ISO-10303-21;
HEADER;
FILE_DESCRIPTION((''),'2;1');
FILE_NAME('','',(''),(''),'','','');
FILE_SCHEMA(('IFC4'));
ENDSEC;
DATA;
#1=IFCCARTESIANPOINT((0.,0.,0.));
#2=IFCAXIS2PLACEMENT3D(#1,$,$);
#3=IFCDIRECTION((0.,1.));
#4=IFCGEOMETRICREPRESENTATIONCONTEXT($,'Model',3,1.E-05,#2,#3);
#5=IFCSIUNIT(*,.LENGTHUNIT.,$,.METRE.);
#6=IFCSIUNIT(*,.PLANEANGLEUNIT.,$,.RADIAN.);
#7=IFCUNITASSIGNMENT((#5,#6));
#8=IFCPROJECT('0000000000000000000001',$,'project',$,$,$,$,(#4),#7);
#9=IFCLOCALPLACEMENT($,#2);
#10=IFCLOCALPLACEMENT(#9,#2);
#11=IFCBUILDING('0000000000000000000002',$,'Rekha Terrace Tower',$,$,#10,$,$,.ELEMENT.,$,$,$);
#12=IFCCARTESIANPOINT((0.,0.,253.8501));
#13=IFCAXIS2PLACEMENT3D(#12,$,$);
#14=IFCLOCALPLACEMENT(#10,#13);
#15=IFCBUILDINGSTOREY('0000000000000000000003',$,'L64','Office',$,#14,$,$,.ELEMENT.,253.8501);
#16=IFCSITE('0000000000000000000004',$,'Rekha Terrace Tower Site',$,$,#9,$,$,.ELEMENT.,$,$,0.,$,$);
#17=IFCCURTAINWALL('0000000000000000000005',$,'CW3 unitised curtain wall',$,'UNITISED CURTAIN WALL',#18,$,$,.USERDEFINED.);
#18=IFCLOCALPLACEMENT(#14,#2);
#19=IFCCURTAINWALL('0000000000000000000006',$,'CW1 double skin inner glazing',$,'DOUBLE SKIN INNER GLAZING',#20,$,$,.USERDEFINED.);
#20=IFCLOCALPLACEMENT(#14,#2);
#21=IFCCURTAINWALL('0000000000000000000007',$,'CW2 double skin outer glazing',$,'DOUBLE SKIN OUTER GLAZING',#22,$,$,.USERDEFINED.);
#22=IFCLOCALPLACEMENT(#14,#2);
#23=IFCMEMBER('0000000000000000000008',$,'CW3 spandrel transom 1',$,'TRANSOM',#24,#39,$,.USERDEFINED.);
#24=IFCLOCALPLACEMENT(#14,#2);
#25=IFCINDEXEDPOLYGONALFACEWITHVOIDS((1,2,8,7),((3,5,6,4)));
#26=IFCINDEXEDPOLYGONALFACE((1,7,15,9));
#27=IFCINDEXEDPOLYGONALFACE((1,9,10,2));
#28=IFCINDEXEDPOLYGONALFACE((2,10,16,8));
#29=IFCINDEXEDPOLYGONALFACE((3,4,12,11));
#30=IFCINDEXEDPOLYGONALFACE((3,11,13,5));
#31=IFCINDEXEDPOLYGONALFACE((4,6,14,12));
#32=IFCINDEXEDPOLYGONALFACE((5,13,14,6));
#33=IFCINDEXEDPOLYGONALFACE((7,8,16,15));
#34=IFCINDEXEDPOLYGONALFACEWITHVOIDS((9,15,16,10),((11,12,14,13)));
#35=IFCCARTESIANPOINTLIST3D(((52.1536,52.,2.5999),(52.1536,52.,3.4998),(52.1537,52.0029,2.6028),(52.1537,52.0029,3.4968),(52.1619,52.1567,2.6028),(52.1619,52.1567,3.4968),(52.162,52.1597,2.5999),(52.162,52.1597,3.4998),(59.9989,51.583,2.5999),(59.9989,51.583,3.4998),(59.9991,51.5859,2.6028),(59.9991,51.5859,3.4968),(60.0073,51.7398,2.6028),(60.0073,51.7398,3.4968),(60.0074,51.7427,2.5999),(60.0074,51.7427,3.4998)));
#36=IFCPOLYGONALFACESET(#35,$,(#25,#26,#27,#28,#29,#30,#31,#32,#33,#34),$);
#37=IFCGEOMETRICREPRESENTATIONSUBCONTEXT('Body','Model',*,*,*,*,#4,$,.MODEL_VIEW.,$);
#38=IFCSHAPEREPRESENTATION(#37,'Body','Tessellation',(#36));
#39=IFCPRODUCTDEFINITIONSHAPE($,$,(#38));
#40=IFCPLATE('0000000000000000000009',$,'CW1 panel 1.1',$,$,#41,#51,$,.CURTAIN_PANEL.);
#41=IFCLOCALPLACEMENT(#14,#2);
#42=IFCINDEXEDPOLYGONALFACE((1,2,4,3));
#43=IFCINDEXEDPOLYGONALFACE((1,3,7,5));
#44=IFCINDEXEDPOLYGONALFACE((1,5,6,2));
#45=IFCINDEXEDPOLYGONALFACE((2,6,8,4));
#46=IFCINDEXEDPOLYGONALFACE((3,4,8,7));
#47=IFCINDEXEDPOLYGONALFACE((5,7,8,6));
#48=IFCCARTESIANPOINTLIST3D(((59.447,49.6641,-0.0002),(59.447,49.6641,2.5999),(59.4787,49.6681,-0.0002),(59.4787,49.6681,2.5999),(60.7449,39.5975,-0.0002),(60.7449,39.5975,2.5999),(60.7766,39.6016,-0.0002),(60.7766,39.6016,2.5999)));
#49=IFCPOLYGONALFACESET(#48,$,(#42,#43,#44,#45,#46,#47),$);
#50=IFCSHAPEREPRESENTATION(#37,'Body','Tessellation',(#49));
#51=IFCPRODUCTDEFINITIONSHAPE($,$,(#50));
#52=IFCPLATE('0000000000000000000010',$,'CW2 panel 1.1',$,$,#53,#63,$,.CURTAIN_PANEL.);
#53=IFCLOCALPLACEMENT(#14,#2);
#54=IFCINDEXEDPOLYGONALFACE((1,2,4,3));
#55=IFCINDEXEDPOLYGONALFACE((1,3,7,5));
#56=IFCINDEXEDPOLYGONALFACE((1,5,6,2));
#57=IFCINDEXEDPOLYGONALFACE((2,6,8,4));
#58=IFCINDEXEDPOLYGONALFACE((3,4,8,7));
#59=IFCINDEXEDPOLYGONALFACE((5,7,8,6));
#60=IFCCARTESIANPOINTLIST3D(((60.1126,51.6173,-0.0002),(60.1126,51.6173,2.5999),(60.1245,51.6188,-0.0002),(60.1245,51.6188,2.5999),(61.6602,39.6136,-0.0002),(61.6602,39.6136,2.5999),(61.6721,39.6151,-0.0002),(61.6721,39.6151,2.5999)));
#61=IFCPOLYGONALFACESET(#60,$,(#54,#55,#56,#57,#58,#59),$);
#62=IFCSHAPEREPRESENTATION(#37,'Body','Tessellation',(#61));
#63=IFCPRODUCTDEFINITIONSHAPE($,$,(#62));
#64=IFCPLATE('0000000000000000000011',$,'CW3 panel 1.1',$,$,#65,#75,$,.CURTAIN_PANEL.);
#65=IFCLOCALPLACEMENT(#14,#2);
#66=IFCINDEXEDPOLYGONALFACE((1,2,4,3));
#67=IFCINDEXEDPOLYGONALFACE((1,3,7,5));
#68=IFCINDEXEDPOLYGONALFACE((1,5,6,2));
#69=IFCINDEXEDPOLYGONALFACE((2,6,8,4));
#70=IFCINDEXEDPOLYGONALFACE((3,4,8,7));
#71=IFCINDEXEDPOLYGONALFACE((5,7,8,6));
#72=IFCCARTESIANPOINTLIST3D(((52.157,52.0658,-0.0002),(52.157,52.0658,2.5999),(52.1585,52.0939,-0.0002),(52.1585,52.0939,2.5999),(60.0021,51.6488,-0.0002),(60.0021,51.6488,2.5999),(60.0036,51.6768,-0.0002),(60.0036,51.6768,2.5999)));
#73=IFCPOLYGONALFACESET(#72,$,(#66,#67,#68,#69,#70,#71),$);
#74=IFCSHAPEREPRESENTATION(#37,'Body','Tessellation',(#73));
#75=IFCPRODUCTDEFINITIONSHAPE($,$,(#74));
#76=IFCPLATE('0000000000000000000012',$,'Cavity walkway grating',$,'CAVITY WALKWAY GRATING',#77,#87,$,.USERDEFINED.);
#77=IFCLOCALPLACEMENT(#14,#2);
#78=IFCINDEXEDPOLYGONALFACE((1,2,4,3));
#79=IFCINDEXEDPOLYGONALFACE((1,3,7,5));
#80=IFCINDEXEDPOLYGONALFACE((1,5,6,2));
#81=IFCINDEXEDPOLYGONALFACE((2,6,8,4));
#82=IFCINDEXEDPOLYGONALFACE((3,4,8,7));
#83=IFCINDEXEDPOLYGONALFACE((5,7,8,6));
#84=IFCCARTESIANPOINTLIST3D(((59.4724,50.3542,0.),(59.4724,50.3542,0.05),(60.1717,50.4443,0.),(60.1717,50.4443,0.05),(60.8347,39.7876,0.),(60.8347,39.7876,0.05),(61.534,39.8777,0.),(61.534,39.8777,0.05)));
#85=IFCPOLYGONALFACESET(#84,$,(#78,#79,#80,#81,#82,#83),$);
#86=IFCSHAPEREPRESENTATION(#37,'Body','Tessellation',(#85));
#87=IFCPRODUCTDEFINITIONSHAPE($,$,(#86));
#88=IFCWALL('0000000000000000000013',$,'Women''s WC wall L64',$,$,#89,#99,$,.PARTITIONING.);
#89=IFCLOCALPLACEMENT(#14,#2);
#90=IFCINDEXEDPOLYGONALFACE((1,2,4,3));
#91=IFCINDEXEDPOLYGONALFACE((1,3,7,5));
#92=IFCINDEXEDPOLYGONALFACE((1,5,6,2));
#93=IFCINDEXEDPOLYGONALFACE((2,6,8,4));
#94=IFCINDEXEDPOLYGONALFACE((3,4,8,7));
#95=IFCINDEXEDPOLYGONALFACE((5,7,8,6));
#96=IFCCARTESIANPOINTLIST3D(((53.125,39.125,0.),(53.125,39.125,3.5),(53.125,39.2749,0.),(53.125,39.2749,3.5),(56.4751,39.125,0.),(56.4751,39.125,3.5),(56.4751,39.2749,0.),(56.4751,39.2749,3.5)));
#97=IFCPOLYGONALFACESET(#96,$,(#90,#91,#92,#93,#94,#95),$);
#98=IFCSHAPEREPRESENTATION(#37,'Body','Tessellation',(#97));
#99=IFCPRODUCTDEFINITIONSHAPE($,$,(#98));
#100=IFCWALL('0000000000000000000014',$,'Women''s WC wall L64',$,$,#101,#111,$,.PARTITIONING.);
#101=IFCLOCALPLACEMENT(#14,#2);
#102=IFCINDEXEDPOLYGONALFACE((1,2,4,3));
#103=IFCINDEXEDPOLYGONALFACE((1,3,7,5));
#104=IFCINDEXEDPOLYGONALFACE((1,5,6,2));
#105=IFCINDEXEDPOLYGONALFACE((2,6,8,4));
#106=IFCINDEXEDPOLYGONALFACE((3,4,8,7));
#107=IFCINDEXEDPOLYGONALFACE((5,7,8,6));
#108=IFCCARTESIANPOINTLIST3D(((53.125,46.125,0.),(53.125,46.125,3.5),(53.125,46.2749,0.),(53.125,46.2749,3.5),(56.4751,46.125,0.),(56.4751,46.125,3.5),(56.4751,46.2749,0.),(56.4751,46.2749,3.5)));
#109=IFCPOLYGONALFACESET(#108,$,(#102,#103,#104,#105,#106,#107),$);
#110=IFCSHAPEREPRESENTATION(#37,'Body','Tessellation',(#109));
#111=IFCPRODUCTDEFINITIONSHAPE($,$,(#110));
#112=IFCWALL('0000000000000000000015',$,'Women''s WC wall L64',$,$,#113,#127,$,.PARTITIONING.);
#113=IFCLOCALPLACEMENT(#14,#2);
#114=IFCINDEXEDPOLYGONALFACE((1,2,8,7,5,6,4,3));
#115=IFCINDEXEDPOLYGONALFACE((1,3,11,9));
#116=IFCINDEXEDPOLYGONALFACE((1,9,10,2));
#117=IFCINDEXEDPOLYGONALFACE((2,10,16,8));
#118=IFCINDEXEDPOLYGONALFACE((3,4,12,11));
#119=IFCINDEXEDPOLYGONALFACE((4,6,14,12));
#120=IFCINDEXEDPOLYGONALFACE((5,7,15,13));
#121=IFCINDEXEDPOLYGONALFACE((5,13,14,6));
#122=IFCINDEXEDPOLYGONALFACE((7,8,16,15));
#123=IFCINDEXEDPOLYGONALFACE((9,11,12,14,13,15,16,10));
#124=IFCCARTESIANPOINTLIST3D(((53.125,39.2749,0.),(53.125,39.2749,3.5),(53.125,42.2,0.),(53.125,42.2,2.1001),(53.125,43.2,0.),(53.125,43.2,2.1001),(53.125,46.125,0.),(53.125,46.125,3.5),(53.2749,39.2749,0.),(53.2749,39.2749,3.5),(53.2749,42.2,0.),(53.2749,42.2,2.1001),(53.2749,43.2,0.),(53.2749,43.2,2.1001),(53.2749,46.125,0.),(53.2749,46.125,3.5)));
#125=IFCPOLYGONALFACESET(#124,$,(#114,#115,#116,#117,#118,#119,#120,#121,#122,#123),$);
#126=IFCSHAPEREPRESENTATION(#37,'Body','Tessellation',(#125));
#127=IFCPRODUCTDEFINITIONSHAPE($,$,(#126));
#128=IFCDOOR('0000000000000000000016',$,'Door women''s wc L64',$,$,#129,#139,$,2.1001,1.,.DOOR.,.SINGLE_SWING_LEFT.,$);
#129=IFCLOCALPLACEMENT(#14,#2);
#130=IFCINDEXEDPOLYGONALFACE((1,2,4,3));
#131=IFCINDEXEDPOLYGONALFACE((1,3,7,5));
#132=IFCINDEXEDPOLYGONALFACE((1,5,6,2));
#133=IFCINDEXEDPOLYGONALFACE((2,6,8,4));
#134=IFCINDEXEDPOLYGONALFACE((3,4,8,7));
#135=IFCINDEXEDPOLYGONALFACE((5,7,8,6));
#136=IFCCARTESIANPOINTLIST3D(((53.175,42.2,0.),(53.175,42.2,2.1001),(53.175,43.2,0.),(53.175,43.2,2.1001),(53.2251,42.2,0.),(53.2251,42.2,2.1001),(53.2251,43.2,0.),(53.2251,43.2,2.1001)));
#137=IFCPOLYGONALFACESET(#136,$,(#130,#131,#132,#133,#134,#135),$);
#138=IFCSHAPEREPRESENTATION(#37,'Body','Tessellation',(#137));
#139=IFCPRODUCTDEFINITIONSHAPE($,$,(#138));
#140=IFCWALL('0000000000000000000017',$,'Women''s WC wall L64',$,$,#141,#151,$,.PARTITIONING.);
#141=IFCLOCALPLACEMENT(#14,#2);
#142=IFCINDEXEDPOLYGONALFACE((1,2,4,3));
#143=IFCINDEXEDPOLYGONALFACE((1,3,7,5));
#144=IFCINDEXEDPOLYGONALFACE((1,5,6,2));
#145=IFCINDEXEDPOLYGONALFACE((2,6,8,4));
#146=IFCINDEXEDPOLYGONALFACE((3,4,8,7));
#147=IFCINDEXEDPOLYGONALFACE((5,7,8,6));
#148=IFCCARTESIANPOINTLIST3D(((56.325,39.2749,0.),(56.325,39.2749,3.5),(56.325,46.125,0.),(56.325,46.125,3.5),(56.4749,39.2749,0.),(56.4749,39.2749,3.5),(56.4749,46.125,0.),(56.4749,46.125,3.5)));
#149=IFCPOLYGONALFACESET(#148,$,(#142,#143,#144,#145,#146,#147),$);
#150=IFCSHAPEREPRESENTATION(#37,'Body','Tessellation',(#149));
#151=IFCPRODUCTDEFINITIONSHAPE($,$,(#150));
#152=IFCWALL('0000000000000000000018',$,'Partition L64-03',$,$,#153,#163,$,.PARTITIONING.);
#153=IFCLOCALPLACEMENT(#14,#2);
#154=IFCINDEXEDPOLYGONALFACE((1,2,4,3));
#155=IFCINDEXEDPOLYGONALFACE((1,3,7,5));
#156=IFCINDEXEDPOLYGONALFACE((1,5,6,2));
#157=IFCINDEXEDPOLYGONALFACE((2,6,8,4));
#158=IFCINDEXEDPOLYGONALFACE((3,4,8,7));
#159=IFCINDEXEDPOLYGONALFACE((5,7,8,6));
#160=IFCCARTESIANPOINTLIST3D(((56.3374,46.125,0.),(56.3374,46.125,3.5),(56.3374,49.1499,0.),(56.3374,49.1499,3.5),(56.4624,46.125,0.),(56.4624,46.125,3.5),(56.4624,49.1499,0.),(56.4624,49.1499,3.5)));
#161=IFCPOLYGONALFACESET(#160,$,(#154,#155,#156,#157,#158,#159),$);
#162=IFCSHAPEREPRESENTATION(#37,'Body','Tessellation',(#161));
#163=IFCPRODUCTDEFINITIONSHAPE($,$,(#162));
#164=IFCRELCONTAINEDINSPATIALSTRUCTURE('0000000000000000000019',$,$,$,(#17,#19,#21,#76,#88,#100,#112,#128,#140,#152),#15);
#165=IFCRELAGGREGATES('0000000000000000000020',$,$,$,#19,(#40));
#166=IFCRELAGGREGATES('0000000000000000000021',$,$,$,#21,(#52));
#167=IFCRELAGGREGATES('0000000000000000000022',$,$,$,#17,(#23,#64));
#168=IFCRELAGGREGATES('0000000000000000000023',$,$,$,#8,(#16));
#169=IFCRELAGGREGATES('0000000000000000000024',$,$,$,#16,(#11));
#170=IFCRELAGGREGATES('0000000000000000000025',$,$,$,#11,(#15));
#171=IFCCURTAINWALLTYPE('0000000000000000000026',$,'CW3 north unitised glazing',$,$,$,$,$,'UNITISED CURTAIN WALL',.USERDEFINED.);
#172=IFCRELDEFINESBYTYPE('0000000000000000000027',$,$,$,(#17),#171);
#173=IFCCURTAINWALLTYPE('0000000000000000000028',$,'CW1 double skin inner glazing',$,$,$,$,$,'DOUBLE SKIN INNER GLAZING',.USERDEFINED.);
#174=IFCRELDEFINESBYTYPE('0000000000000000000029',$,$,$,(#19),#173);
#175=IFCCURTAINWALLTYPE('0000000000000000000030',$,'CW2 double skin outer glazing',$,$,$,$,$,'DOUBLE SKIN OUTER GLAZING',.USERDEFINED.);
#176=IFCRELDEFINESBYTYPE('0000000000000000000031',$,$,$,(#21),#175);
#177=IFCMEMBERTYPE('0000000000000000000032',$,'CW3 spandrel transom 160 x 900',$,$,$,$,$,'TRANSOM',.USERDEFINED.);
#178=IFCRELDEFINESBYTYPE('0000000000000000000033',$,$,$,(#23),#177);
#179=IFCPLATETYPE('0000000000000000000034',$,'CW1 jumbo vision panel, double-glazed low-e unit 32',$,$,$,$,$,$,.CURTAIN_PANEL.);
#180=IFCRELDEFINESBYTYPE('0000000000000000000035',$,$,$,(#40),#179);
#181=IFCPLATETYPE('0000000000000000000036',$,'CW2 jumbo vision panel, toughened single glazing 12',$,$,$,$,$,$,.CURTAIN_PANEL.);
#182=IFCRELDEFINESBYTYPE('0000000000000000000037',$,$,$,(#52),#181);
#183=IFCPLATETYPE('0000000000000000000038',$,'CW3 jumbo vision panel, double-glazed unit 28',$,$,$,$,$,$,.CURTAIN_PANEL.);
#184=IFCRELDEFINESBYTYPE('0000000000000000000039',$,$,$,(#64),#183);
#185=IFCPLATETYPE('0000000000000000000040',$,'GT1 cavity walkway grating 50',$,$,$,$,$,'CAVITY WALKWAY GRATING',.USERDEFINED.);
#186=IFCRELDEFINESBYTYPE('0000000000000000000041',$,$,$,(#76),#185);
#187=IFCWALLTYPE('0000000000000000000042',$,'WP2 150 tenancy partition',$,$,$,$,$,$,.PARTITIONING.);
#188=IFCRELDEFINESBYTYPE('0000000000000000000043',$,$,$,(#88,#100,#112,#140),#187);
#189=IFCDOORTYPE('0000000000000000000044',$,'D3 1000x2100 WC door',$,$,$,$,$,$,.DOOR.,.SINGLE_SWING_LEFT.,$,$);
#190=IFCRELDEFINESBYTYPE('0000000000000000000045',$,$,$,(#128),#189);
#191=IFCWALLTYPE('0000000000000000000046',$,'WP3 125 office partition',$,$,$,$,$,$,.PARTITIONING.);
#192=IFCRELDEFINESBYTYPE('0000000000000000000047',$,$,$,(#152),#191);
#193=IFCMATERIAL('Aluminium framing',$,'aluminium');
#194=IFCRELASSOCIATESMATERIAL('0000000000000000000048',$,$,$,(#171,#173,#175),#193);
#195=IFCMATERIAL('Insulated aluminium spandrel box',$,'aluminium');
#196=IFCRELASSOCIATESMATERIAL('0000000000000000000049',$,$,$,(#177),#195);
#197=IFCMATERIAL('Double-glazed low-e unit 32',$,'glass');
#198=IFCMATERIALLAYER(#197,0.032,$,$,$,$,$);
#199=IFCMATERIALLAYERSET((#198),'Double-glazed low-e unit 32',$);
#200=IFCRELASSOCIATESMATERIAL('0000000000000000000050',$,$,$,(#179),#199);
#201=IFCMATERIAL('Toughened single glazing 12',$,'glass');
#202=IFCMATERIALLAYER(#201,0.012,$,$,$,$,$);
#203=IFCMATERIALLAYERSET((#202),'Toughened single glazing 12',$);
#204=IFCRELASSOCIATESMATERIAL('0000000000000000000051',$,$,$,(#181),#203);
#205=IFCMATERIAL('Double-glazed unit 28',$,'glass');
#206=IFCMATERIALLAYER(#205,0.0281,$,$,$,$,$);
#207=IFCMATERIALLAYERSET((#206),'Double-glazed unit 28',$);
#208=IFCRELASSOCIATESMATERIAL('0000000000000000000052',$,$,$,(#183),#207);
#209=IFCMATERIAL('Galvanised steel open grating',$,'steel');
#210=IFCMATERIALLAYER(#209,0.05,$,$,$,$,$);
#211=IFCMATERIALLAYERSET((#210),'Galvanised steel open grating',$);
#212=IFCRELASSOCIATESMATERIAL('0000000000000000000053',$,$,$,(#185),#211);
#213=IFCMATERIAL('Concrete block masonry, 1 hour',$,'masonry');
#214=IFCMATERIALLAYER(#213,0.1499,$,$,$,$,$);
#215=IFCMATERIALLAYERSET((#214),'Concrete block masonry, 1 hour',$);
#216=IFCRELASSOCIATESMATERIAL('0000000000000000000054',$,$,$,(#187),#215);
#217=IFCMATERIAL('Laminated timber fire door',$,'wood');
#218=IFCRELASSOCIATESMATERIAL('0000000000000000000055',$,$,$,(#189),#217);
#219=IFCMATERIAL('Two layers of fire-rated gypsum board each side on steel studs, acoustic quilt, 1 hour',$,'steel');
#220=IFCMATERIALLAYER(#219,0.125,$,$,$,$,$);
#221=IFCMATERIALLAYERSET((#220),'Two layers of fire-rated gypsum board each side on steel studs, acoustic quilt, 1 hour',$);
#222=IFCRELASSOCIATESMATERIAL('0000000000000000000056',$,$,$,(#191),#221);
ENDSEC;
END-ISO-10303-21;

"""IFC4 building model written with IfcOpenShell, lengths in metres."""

from ifc_helpers import new_model, si_unit, direction, frame, frame_2d, origin, origin_2d, place, context, subcontext, project, spatial, rectangle, hollow_rectangle, extrude, material, layer, layer_set, material_profile, profile_set, type_object, element, fill, aggregate, save


model = new_model("IFC4")

# Units and contexts
model_context = context("Model", 3, precision=1e-05, world=origin(), true_north=direction((0.0, 1.0)))
body_context = subcontext(model_context, "Body", "Model", "MODEL_VIEW")
ifc_project = project(units=[si_unit("LENGTHUNIT", "METRE"), si_unit("PLANEANGLEUNIT", "RADIAN")], contexts=[model_context])

# Site, building, storey
site_placement = place(None, origin())
site = spatial("IfcSite", under=ifc_project, at=site_placement, Name="Rekha Terrace Tower Site", CompositionType="ELEMENT", RefElevation=0.0)
building_placement = place(site_placement, origin())
building = spatial("IfcBuilding", under=site, at=building_placement, Name="Rekha Terrace Tower", CompositionType="ELEMENT")
storey_placement = place(building_placement, frame((0.0, 0.0, 253.8501)))
storey = spatial("IfcBuildingStorey", under=building, at=storey_placement, Name="L64", Description="Office", CompositionType="ELEMENT", Elevation=253.8501)

# Curtain wall
ifc_material_1 = material(Name="Aluminium framing", Category="aluminium")
curtain_wall_type_1 = type_object("IfcCurtainWallType", Name="CW3 north unitised glazing", ElementType="UNITISED CURTAIN WALL", PredefinedType="USERDEFINED", material=ifc_material_1)
curtain_wall_1_placement = place(storey_placement, origin())
curtain_wall_1 = element("IfcCurtainWall", 1, at=curtain_wall_1_placement, inside=storey, type_object=curtain_wall_type_1, Name="CW3 unitised curtain wall", ObjectType="UNITISED CURTAIN WALL", PredefinedType="USERDEFINED")

# Curtain walls
curtain_wall_type_2 = type_object("IfcCurtainWallType", Name="CW1 double skin inner glazing", ElementType="DOUBLE SKIN INNER GLAZING", PredefinedType="USERDEFINED", material=ifc_material_1)
curtain_wall_2_placement = place(storey_placement, origin())
curtain_wall_2 = element("IfcCurtainWall", 2, at=curtain_wall_2_placement, inside=storey, type_object=curtain_wall_type_2, Name="CW1 double skin inner glazing", ObjectType="DOUBLE SKIN INNER GLAZING", PredefinedType="USERDEFINED")
ifc_material_2 = material(Name="Insulated aluminium spandrel box", Category="aluminium")
curtain_wall_type_3 = type_object("IfcCurtainWallType", Name="CW2 double skin outer glazing", ElementType="DOUBLE SKIN OUTER GLAZING", PredefinedType="USERDEFINED", material=ifc_material_1)
curtain_wall_3_placement = place(storey_placement, origin())
curtain_wall_3 = element("IfcCurtainWall", 3, at=curtain_wall_3_placement, inside=storey, type_object=curtain_wall_type_3, Name="CW2 double skin outer glazing", ObjectType="DOUBLE SKIN OUTER GLAZING", PredefinedType="USERDEFINED")

# Member
ifc_material_profile_1 = material_profile(ifc_material_2, hollow_rectangle(XDim=0.1599, YDim=0.8999, WallThickness=0.0029, at=origin_2d()), Name="AL SPANDREL BOX 160x900")
ifc_profile_set_1 = profile_set([ifc_material_profile_1], Name="Insulated aluminium spandrel box")
member_type_1 = type_object("IfcMemberType", Name="CW3 spandrel transom 160 x 900", ElementType="TRANSOM", PredefinedType="USERDEFINED", material=ifc_profile_set_1)
member_1_placement = place(storey_placement, frame((60.0032, 51.6628, 3.0498), z_axis=(-0.99859, 0.053076, 0.0), x_axis=(-0.053076, -0.99859, 0.0)))
member_1 = element("IfcMember", 4, at=member_1_placement, type_object=member_type_1, Name="CW3 spandrel transom 1", ObjectType="TRANSOM", PredefinedType="USERDEFINED", context=body_context, shape_type="SweptSolid", body=[
    extrude(hollow_rectangle(XDim=0.1599, YDim=0.8999, WallThickness=0.0029, at=origin_2d()), origin(), (0.0, 0.0, 1.0), 7.8564),
])

# Plates
ifc_material_3 = material(Name="Double-glazed low-e unit 32", Category="glass")
ifc_layer_1 = layer(ifc_material_3, 0.032)
ifc_layer_set_1 = layer_set([ifc_layer_1], Name="Double-glazed low-e unit 32")
plate_type_1 = type_object("IfcPlateType", Name="CW1 jumbo vision panel, double-glazed low-e unit 32", PredefinedType="CURTAIN_PANEL", material=ifc_layer_set_1)
plate_1_placement = place(storey_placement, frame((60.1118, 44.6328, -0.0002), z_axis=(0.0, 0.0, 1.0), x_axis=(-0.12787, 0.991791, 0.0)))
plate_1 = element("IfcPlate", 5, at=plate_1_placement, type_object=plate_type_1, Name="CW1 panel 1.1", PredefinedType="CURTAIN_PANEL", context=body_context, shape_type="SweptSolid", body=[
    extrude(rectangle(XDim=10.1499, YDim=0.032, at=origin_2d()), origin(), (0.0, 0.0, 1.0), 2.6001),
])
aggregate(curtain_wall_2, [plate_1])
ifc_material_4 = material(Name="Toughened single glazing 12", Category="glass")
ifc_layer_2 = layer(ifc_material_4, 0.012)
ifc_layer_set_2 = layer_set([ifc_layer_2], Name="Toughened single glazing 12")
plate_type_2 = type_object("IfcPlateType", Name="CW2 jumbo vision panel, toughened single glazing 12", PredefinedType="CURTAIN_PANEL", material=ifc_layer_set_2)
plate_2_placement = place(storey_placement, frame((60.8923, 45.6162, -0.0002), z_axis=(0.0, 0.0, 1.0), x_axis=(-0.12787, 0.991791, 0.0)))
plate_2 = element("IfcPlate", 6, at=plate_2_placement, type_object=plate_type_2, Name="CW2 panel 1.1", PredefinedType="CURTAIN_PANEL", context=body_context, shape_type="SweptSolid", body=[
    extrude(rectangle(XDim=12.103, YDim=0.012, at=origin_2d()), origin(), (0.0, 0.0, 1.0), 2.6001),
])
aggregate(curtain_wall_3, [plate_2])
ifc_material_5 = material(Name="Double-glazed unit 28", Category="glass")
ifc_layer_3 = layer(ifc_material_5, 0.0281)
ifc_layer_set_3 = layer_set([ifc_layer_3], Name="Double-glazed unit 28")
plate_type_3 = type_object("IfcPlateType", Name="CW3 jumbo vision panel, double-glazed unit 28", PredefinedType="CURTAIN_PANEL", material=ifc_layer_set_3)
plate_3_placement = place(storey_placement, frame((56.0803, 51.8713, -0.0002), z_axis=(0.0, 0.0, 1.0), x_axis=(-0.99859, 0.053083, 0.0)))
plate_3 = element("IfcPlate", 7, at=plate_3_placement, type_object=plate_type_3, Name="CW3 panel 1.1", PredefinedType="CURTAIN_PANEL", context=body_context, shape_type="SweptSolid", body=[
    extrude(rectangle(XDim=7.8562, YDim=0.0281, at=origin_2d()), origin(), (0.0, 0.0, 1.0), 2.6001),
])
aggregate(curtain_wall_1, [member_1, plate_3])
ifc_material_6 = material(Name="Galvanised steel open grating", Category="steel")
ifc_layer_4 = layer(ifc_material_6, 0.05)
ifc_layer_set_4 = layer_set([ifc_layer_4], Name="Galvanised steel open grating")
plate_type_4 = type_object("IfcPlateType", Name="GT1 cavity walkway grating 50", ElementType="CAVITY WALKWAY GRATING", PredefinedType="USERDEFINED", material=ifc_layer_set_4)
plate_4_placement = place(storey_placement, frame((60.5032, 45.116, 0.0), z_axis=(0.0, 0.0, 1.0), x_axis=(-0.12787, 0.991791, 0.0)))
element("IfcPlate", 8, at=plate_4_placement, inside=storey, type_object=plate_type_4, Name="Cavity walkway grating", ObjectType="CAVITY WALKWAY GRATING", PredefinedType="USERDEFINED", context=body_context, shape_type="SweptSolid", body=[
    extrude(rectangle(XDim=10.6541, YDim=0.7051, at=origin_2d()), origin(), (0.0, 0.0, 1.0), 0.05),
])

# Walls
ifc_material_7 = material(Name="Concrete block masonry, 1 hour", Category="masonry")
ifc_layer_5 = layer(ifc_material_7, 0.1499)
ifc_layer_set_5 = layer_set([ifc_layer_5], Name="Concrete block masonry, 1 hour")
wall_type_1 = type_object("IfcWallType", Name="WP2 150 tenancy partition", PredefinedType="PARTITIONING", material=ifc_layer_set_5)
for number, where, z_axis, x_axis, name in (
    (9, (53.125, 39.2, 0.0), (0.0, 0.0, 1.0), (1.0, 0.0, 0.0), "Women's WC wall L64"),
    (10, (53.125, 46.2, 0.0), (0.0, 0.0, 1.0), (1.0, 0.0, 0.0), "Women's WC wall L64"),
):
    element("IfcWall", number, at=place(storey_placement, frame(where, z_axis=z_axis, x_axis=x_axis)), inside=storey, type_object=wall_type_1, Name=name, PredefinedType="PARTITIONING", context=body_context, shape_type="SweptSolid", body=[
        extrude(rectangle(XDim=3.3501, YDim=0.1499, at=frame_2d((1.675, 0.0))), origin(), (0.0, 0.0, 1.0), 3.5),
    ])

# Wall, opening, door
wall_1_placement = place(storey_placement, frame((53.2, 39.2749, 0.0), z_axis=(0.0, 0.0, 1.0), x_axis=(0.0, 1.0, 0.0)))
wall_1 = element("IfcWall", 11, at=wall_1_placement, inside=storey, type_object=wall_type_1, Name="Women's WC wall L64", PredefinedType="PARTITIONING", context=body_context, shape_type="SweptSolid", body=[
    extrude(rectangle(XDim=6.8501, YDim=0.1499, at=frame_2d((3.425, 0.0))), origin(), (0.0, 0.0, 1.0), 3.5),
])
opening_1_placement = place(wall_1_placement, frame((2.925, 0.0, 0.0)))
opening_1 = element("IfcOpeningElement", 12, at=opening_1_placement, cuts=wall_1, PredefinedType="OPENING", context=body_context, shape_type="SweptSolid", body=[
    extrude(rectangle(XDim=1.0, YDim=2.1001, at=frame_2d((0.5, 1.05))), frame((0.0, 0.085, 0.0), z_axis=(0.0, -1.0, 0.0), x_axis=(1.0, 0.0, 0.0)), (0.0, 0.0, 1.0), 0.1699),
])
ifc_material_8 = material(Name="Laminated timber fire door", Category="wood")
door_type_1 = type_object("IfcDoorType", Name="D3 1000x2100 WC door", OperationType="SINGLE_SWING_LEFT", PredefinedType="DOOR", material=ifc_material_8)
door_1_placement = place(opening_1_placement, origin())
door_1 = element("IfcDoor", 13, at=door_1_placement, inside=storey, type_object=door_type_1, Name="Door women's wc L64", OperationType="SINGLE_SWING_LEFT", OverallHeight=2.1001, OverallWidth=1.0, PredefinedType="DOOR", context=body_context, shape_type="SweptSolid", body=[
    extrude(rectangle(XDim=1.0, YDim=2.1001, at=frame_2d((0.5, 1.05))), frame((0.0, 0.0249, 0.0), z_axis=(0.0, -1.0, 0.0), x_axis=(1.0, 0.0, 0.0)), (0.0, 0.0, 1.0), 0.05),
])
fill(opening_1, door_1)

# Walls
wall_2_placement = place(storey_placement, frame((56.3999, 39.2749, 0.0), z_axis=(0.0, 0.0, 1.0), x_axis=(0.0, 1.0, 0.0)))
element("IfcWall", 14, at=wall_2_placement, inside=storey, type_object=wall_type_1, Name="Women's WC wall L64", PredefinedType="PARTITIONING", context=body_context, shape_type="SweptSolid", body=[
    extrude(rectangle(XDim=6.8501, YDim=0.1499, at=frame_2d((3.425, 0.0))), origin(), (0.0, 0.0, 1.0), 3.5),
])
ifc_material_9 = material(Name="Two layers of fire-rated gypsum board each side on steel studs, acoustic quilt, 1 hour", Category="steel")
ifc_layer_6 = layer(ifc_material_9, 0.125)
ifc_layer_set_6 = layer_set([ifc_layer_6], Name="Two layers of fire-rated gypsum board each side on steel studs, acoustic quilt, 1 hour")
wall_type_2 = type_object("IfcWallType", Name="WP3 125 office partition", PredefinedType="PARTITIONING", material=ifc_layer_set_6)
wall_3_placement = place(storey_placement, frame((56.3999, 46.125, 0.0), z_axis=(0.0, 0.0, 1.0), x_axis=(0.0, 1.0, 0.0)))
element("IfcWall", 15, at=wall_3_placement, inside=storey, type_object=wall_type_2, Name="Partition L64-03", PredefinedType="PARTITIONING", context=body_context, shape_type="SweptSolid", body=[
    extrude(rectangle(XDim=3.0249, YDim=0.125, at=frame_2d((1.5125, 0.0))), origin(), (0.0, 0.0, 1.0), 3.5),
])

save(model, "model.ifc")
